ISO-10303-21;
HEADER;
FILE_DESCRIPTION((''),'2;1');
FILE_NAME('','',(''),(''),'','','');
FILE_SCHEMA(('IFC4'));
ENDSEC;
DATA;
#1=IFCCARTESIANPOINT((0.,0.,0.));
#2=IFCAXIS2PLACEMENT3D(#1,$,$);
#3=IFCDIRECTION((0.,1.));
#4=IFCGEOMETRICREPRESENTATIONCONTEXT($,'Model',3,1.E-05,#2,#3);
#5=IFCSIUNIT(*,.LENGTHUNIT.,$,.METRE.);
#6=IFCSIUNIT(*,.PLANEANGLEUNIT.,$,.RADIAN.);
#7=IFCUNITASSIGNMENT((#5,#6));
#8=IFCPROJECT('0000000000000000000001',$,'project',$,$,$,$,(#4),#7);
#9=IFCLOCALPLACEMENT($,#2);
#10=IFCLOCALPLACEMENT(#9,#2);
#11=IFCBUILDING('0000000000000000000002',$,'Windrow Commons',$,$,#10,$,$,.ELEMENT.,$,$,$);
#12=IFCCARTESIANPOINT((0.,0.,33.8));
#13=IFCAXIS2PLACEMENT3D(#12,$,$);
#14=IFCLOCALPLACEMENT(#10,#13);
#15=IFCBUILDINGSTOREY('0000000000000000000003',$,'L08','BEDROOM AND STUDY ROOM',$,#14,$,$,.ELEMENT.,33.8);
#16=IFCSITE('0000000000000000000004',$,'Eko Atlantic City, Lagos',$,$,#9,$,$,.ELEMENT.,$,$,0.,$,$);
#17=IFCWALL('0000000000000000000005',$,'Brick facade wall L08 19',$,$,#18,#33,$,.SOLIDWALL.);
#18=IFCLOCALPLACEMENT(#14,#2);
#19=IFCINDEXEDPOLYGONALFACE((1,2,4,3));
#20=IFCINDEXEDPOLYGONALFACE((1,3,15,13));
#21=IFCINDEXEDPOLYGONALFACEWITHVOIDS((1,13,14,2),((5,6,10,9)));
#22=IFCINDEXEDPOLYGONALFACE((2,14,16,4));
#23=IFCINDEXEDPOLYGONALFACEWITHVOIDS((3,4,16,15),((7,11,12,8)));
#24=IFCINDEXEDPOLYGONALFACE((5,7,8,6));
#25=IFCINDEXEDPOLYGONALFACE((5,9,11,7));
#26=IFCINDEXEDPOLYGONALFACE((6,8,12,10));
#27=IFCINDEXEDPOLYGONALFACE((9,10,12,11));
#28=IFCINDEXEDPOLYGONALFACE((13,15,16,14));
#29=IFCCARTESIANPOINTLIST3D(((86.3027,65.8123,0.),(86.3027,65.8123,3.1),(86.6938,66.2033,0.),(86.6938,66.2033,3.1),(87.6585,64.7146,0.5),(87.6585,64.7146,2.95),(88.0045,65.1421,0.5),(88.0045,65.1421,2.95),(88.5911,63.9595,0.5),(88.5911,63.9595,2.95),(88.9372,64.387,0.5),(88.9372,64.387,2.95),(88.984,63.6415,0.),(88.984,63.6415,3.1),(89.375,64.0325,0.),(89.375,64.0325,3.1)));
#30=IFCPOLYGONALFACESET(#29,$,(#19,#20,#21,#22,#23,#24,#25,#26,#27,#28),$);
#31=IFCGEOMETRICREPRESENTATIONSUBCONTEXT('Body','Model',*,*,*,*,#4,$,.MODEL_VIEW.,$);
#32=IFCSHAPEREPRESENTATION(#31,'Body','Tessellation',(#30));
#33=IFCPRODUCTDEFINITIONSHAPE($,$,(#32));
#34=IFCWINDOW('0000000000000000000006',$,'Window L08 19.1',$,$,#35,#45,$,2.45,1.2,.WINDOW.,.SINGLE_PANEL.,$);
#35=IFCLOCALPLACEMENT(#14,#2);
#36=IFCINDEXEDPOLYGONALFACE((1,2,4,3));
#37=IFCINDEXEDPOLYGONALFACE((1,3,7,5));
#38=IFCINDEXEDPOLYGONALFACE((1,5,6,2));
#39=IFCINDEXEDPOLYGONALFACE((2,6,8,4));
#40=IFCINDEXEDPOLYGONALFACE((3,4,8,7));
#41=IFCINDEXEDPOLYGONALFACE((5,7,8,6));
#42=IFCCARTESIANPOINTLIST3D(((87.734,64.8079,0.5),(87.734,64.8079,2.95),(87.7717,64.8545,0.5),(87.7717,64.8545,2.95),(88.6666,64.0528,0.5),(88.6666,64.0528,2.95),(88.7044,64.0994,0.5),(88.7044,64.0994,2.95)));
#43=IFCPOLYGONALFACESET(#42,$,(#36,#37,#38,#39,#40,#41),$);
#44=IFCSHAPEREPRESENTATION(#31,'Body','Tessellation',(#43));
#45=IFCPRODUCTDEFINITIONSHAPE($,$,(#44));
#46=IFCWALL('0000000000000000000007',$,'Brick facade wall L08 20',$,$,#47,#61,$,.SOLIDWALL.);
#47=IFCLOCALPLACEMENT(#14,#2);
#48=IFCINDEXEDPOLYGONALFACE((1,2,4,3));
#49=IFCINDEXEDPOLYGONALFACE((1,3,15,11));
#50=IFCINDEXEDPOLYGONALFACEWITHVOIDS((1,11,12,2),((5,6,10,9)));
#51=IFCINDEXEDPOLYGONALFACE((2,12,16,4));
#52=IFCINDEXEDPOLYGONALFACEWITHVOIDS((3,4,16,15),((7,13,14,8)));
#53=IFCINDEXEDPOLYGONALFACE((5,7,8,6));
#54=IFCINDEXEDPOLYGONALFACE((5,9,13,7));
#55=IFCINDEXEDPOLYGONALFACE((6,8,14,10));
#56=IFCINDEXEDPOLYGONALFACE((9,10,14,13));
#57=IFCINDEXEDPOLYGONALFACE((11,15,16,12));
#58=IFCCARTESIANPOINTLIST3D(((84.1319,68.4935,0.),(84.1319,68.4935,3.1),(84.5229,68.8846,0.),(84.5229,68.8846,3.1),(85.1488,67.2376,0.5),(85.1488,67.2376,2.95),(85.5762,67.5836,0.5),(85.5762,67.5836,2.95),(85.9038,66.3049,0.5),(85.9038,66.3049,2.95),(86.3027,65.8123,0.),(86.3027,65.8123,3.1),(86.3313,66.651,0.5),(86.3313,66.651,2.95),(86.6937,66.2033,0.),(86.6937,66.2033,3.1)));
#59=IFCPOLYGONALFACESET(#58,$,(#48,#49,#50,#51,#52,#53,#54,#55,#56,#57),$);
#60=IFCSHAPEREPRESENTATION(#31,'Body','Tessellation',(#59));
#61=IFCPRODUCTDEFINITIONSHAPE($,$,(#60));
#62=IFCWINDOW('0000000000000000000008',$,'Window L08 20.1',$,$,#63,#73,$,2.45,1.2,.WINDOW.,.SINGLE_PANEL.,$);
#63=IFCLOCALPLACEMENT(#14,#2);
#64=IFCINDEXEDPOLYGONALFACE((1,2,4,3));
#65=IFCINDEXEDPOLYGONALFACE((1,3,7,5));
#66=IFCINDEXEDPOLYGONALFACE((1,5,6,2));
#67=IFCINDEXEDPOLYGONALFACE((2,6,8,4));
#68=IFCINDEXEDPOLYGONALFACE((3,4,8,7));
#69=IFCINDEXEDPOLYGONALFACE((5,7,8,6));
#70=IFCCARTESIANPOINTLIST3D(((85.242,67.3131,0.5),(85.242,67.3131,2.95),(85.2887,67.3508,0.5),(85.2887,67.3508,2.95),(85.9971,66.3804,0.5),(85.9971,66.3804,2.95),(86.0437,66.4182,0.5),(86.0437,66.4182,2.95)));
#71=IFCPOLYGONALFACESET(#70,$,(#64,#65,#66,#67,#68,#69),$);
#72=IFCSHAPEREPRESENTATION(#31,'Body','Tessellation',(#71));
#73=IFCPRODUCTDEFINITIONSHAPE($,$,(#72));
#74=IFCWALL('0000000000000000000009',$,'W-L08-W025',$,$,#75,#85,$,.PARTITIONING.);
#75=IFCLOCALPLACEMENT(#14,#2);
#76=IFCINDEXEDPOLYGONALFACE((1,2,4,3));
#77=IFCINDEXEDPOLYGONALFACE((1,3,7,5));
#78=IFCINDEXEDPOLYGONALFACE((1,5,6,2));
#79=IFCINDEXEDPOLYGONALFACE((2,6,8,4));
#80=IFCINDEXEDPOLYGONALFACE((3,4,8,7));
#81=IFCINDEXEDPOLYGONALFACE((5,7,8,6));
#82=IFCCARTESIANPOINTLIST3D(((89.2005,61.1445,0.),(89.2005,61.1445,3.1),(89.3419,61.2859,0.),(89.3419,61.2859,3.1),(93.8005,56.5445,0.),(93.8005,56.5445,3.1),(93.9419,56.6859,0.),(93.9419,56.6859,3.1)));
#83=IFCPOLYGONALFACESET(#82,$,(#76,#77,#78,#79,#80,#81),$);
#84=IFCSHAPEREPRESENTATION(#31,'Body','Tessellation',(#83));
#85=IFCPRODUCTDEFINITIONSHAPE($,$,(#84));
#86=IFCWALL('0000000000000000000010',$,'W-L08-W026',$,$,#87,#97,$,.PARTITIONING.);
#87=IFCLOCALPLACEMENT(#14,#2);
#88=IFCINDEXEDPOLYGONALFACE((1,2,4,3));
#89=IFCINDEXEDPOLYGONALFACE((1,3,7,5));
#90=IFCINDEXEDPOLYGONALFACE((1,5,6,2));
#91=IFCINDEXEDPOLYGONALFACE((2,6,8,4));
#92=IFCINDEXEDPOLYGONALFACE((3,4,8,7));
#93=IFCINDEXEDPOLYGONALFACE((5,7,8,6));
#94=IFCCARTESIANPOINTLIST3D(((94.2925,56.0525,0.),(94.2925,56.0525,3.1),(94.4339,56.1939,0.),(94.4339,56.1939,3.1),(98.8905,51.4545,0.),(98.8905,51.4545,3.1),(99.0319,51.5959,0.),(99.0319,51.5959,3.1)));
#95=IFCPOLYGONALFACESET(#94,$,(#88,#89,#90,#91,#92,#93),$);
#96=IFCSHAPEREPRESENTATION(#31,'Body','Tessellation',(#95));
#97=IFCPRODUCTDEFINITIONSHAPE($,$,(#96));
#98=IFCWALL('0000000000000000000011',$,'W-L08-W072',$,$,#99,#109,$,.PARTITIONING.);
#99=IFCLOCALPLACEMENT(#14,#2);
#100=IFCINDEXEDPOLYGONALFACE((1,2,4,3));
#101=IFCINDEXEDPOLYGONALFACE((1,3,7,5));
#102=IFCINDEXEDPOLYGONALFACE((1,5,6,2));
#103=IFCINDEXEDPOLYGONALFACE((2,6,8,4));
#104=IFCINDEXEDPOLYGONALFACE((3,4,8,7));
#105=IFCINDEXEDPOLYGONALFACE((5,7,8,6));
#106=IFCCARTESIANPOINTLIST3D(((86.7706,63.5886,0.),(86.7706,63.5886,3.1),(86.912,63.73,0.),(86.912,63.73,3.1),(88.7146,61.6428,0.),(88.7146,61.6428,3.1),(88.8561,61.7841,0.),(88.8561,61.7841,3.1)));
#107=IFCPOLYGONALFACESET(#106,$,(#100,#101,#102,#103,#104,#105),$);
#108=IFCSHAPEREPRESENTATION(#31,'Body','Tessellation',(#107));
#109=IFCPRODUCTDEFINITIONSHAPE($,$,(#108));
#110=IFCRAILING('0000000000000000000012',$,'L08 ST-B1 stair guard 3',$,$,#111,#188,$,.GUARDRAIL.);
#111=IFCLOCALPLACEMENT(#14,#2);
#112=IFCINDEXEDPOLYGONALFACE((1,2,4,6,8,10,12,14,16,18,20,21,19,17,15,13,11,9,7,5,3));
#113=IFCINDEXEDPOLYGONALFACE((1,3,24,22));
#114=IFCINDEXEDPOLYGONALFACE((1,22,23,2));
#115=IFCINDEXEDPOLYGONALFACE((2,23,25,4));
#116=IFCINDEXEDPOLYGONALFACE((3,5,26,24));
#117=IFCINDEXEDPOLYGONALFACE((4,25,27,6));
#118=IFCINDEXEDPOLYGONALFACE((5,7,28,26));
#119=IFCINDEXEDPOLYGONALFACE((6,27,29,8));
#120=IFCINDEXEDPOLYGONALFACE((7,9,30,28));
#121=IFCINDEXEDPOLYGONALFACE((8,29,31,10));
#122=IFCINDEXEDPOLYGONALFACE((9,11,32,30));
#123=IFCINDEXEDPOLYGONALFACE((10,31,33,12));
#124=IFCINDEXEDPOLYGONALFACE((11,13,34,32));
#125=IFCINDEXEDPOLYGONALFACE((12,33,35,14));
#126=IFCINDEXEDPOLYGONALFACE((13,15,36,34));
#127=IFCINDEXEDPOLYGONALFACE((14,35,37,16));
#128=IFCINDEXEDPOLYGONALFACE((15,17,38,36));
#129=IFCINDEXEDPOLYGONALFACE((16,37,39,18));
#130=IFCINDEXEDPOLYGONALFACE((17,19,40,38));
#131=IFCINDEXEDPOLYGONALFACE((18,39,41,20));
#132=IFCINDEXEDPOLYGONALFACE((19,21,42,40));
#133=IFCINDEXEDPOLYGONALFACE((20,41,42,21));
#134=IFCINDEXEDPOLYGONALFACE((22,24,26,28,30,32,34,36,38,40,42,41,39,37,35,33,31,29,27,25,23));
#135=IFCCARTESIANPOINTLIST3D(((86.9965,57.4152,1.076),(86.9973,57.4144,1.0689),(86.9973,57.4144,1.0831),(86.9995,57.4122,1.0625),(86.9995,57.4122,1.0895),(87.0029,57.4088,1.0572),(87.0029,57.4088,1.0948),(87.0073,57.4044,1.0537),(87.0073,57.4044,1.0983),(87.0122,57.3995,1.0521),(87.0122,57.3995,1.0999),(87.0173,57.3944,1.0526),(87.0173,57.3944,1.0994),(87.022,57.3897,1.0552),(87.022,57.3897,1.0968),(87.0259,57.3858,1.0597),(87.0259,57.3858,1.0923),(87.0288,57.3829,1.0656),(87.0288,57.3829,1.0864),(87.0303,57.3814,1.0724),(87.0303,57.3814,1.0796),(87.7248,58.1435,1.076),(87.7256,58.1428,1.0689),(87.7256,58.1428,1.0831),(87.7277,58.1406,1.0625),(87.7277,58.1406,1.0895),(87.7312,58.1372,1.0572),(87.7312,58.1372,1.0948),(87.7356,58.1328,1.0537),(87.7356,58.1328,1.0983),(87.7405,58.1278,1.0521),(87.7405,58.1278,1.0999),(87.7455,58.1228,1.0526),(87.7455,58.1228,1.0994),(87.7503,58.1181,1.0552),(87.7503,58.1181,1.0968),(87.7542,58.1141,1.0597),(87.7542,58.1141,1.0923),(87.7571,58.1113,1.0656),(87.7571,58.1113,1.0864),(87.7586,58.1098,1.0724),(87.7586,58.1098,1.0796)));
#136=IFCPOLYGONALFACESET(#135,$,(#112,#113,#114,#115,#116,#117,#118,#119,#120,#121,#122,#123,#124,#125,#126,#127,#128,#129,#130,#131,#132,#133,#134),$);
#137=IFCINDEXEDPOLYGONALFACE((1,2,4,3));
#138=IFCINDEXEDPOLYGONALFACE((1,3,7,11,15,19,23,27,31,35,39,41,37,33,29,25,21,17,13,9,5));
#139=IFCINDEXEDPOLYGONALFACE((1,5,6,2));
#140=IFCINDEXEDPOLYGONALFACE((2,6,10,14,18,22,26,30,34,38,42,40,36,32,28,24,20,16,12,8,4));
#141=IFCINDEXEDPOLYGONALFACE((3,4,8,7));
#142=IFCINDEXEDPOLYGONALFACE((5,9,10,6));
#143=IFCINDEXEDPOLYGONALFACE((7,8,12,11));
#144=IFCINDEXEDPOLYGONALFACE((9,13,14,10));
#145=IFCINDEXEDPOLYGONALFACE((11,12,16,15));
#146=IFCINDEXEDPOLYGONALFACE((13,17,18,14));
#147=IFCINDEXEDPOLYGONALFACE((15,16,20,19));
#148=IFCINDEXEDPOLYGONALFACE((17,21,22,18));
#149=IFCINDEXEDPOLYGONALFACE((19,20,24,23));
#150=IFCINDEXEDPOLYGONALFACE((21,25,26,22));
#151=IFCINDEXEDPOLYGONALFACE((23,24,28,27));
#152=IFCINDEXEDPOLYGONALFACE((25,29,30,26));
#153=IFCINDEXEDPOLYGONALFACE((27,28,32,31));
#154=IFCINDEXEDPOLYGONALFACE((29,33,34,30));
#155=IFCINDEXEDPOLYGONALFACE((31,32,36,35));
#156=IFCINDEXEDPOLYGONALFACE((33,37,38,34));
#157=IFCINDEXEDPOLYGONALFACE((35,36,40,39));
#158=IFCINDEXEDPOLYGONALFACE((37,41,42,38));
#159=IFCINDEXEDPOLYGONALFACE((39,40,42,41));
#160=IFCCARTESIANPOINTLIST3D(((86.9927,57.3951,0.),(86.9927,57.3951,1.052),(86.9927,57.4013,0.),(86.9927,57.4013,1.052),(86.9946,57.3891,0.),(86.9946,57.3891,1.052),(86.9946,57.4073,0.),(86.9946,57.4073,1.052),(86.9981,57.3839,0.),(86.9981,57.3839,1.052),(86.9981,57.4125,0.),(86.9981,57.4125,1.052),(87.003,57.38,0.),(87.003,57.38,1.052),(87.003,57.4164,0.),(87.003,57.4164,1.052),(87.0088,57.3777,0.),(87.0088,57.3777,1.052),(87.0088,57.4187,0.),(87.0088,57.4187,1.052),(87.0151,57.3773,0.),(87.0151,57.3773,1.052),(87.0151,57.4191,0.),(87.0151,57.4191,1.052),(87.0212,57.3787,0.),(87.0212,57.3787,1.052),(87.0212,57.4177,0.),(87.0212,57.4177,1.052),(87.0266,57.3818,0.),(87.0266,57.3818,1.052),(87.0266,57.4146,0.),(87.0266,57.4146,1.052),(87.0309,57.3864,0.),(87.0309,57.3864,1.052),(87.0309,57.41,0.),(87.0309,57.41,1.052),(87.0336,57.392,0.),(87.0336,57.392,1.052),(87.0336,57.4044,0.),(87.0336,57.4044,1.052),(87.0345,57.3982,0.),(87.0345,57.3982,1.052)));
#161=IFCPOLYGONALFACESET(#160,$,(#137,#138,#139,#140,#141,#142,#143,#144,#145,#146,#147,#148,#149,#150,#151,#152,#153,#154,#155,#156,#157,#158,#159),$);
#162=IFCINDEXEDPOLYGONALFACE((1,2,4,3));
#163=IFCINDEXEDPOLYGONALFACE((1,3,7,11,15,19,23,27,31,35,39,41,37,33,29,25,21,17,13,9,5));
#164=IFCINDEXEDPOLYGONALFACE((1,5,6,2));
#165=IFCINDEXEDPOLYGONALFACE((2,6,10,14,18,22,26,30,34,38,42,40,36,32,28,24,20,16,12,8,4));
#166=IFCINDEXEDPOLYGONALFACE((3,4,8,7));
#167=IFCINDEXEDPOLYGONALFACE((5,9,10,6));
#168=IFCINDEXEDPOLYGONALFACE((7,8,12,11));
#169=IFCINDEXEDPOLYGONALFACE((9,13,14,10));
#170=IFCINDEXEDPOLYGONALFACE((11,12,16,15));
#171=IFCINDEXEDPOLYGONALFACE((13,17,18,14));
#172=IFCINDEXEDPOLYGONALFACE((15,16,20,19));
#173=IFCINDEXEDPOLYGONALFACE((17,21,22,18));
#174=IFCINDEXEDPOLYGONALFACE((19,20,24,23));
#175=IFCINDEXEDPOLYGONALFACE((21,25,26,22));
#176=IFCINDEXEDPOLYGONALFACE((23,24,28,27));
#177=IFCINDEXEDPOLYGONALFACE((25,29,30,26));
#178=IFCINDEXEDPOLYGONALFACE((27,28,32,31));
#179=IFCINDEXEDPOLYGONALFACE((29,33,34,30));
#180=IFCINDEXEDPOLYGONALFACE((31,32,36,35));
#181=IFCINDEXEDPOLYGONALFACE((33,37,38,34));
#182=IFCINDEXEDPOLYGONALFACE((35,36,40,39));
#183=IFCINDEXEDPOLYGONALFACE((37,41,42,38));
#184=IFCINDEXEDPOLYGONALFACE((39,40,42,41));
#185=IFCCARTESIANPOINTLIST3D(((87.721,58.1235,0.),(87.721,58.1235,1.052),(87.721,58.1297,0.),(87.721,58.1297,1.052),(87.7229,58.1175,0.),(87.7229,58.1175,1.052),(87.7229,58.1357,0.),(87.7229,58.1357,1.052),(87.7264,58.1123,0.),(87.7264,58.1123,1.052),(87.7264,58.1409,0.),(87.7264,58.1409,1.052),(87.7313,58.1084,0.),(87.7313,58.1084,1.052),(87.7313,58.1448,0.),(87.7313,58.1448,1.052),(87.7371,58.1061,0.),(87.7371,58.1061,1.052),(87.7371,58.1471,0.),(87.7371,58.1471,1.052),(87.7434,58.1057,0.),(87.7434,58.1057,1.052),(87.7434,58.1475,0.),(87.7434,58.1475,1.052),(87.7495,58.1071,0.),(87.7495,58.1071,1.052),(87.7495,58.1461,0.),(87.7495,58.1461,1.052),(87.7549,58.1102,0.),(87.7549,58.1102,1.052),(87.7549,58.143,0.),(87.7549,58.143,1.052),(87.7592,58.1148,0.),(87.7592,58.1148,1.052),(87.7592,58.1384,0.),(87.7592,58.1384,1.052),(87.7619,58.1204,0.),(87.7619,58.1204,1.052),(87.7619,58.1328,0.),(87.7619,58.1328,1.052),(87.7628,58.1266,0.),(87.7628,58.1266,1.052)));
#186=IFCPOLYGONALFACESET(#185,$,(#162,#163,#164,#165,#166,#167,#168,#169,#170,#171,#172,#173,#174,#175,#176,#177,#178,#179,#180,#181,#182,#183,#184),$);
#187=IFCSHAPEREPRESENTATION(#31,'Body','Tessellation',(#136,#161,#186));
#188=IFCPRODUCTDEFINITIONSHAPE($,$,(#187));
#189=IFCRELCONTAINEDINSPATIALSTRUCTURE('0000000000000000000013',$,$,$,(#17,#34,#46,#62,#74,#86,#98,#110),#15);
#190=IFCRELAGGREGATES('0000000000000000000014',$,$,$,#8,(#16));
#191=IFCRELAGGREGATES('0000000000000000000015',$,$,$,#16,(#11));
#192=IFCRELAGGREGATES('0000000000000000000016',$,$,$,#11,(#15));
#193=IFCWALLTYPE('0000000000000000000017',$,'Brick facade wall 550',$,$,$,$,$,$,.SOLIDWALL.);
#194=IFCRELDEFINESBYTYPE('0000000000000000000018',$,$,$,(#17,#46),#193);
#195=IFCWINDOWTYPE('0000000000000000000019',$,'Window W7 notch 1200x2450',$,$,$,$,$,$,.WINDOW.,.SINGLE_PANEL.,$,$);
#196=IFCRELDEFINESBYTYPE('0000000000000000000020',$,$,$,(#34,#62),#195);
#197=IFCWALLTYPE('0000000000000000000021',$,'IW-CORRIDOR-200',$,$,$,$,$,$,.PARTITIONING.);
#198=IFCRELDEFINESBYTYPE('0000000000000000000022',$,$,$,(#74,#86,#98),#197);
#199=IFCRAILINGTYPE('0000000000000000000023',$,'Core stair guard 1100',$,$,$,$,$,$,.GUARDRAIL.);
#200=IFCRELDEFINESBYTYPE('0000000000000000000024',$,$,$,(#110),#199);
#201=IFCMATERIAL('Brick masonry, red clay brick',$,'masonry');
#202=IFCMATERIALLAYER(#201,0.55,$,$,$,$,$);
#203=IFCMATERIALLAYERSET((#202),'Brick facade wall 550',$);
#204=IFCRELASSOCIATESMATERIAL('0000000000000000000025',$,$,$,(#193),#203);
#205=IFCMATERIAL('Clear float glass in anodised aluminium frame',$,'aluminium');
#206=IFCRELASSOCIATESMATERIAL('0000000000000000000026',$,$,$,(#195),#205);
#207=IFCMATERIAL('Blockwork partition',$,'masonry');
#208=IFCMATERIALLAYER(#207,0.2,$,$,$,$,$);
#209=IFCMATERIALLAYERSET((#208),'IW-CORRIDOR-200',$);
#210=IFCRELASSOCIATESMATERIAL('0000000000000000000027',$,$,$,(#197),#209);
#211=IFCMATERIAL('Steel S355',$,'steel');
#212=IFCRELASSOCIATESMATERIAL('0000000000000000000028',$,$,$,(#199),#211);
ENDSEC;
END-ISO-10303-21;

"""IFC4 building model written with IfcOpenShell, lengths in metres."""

from ifc_helpers import new_model, si_unit, direction, frame, frame_2d, origin, origin_2d, place, context, subcontext, project, spatial, polyline, rectangle, circle, outline, extrude, material, layer, layer_set, type_object, element, fill, save


model = new_model("IFC4")

# Units and contexts
model_context = context("Model", 3, precision=1e-05, world=origin(), true_north=direction((0.0, 1.0)))
body_context = subcontext(model_context, "Body", "Model", "MODEL_VIEW")
ifc_project = project(units=[si_unit("LENGTHUNIT", "METRE"), si_unit("PLANEANGLEUNIT", "RADIAN")], contexts=[model_context])

# Site, building, storey
site_placement = place(None, origin())
site = spatial("IfcSite", under=ifc_project, at=site_placement, Name="Eko Atlantic City, Lagos", CompositionType="ELEMENT", RefElevation=0.0)
building_placement = place(site_placement, origin())
building = spatial("IfcBuilding", under=site, at=building_placement, Name="Windrow Commons", CompositionType="ELEMENT")
storey_placement = place(building_placement, frame((0.0, 0.0, 33.8)))
storey = spatial("IfcBuildingStorey", under=building, at=storey_placement, Name="L08", Description="BEDROOM AND STUDY ROOM", CompositionType="ELEMENT", Elevation=33.8)

# Shared definitions
ifc_material_1 = material(Name="Brick masonry, red clay brick", Category="masonry")
ifc_layer_1 = layer(ifc_material_1, 0.55)
ifc_layer_set_1 = layer_set([ifc_layer_1], Name="Brick facade wall 550")
wall_type_1 = type_object("IfcWallType", Name="Brick facade wall 550", PredefinedType="SOLIDWALL", material=ifc_layer_set_1)
ifc_material_2 = material(Name="Clear float glass in anodised aluminium frame", Category="aluminium")
window_type = type_object("IfcWindowType", Name="Window W7 notch 1200x2450", PartitioningType="SINGLE_PANEL", PredefinedType="WINDOW", material=ifc_material_2)

# Walls, openings, windows
wall_1_placement = place(storey_placement, frame((89.1795, 63.837, 0.0), z_axis=(0.0, 0.0, 1.0), x_axis=(-0.777213, 0.629237, 0.0)))
wall_1 = element("IfcWall", 1, at=wall_1_placement, inside=storey, type_object=wall_type_1, Name="Brick facade wall L08 19", PredefinedType="SOLIDWALL", context=body_context, shape_type="SweptSolid", body=[
    extrude(outline(polyline([(-0.0289, -0.275), (3.4209, -0.275), (3.4788, 0.275), (0.0289, 0.275), (-0.0289, -0.275)])), origin(), (0.0, 0.0, 1.0), 3.1),
])
opening_1_placement = place(wall_1_placement, frame((0.5344, 0.0, 0.5)))
opening_1 = element("IfcOpeningElement", 2, at=opening_1_placement, cuts=wall_1, PredefinedType="OPENING", context=body_context, shape_type="SweptSolid", body=[
    extrude(rectangle(XDim=1.2, YDim=2.45, at=frame_2d((0.6, 1.225))), frame((0.0, 0.285, 0.0), z_axis=(0.0, -1.0, 0.0), x_axis=(1.0, 0.0, 0.0)), (0.0, 0.0, 1.0), 0.57),
])
window_1_placement = place(opening_1_placement, origin())
window_1 = element("IfcWindow", 3, at=window_1_placement, inside=storey, type_object=window_type, Name="Window L08 19.1", OverallHeight=2.45, OverallWidth=1.2, PartitioningType="SINGLE_PANEL", PredefinedType="WINDOW", context=body_context, shape_type="SweptSolid", body=[
    extrude(rectangle(XDim=1.2, YDim=2.45, at=frame_2d((0.6, 1.225))), frame((0.0, 0.155, 0.0), z_axis=(0.0, -1.0, 0.0), x_axis=(1.0, 0.0, 0.0)), (0.0, 0.0, 1.0), 0.06),
])
fill(opening_1, window_1)
wall_2_placement = place(storey_placement, frame((86.4982, 66.0078, 0.0), z_axis=(0.0, 0.0, 1.0), x_axis=(-0.629237, 0.777213, 0.0)))
wall_2 = element("IfcWall", 4, at=wall_2_placement, inside=storey, type_object=wall_type_1, Name="Brick facade wall L08 20", PredefinedType="SOLIDWALL", context=body_context, shape_type="SweptSolid", body=[
    extrude(outline(polyline([(0.0289, -0.275), (3.4788, -0.275), (3.4209, 0.275), (-0.0289, 0.275), (0.0289, -0.275)])), origin(), (0.0, 0.0, 1.0), 3.1),
])
opening_2_placement = place(wall_2_placement, frame((0.6049, 0.0, 0.5)))
opening_2 = element("IfcOpeningElement", 5, at=opening_2_placement, cuts=wall_2, PredefinedType="OPENING", context=body_context, shape_type="SweptSolid", body=[
    extrude(rectangle(XDim=1.2, YDim=2.45, at=frame_2d((0.6, 1.225))), frame((0.0, 0.285, 0.0), z_axis=(0.0, -1.0, 0.0), x_axis=(1.0, 0.0, 0.0)), (0.0, 0.0, 1.0), 0.57),
])
window_2_placement = place(opening_2_placement, origin())
window_2 = element("IfcWindow", 6, at=window_2_placement, inside=storey, type_object=window_type, Name="Window L08 20.1", OverallHeight=2.45, OverallWidth=1.2, PartitioningType="SINGLE_PANEL", PredefinedType="WINDOW", context=body_context, shape_type="SweptSolid", body=[
    extrude(rectangle(XDim=1.2, YDim=2.45, at=frame_2d((0.6, 1.225))), frame((0.0, 0.155, 0.0), z_axis=(0.0, -1.0, 0.0), x_axis=(1.0, 0.0, 0.0)), (0.0, 0.0, 1.0), 0.06),
])
fill(opening_2, window_2)

# Walls
ifc_material_3 = material(Name="Blockwork partition", Category="masonry")
ifc_layer_2 = layer(ifc_material_3, 0.2)
ifc_layer_set_2 = layer_set([ifc_layer_2], Name="IW-CORRIDOR-200")
wall_type_2 = type_object("IfcWallType", Name="IW-CORRIDOR-200", PredefinedType="PARTITIONING", material=ifc_layer_set_2)
wall_3_placement = place(storey_placement, frame((89.2712, 61.2152, 0.0), z_axis=(0.0, 0.0, 1.0), x_axis=(0.707107, -0.707107, 0.0)))
element("IfcWall", 7, at=wall_3_placement, inside=storey, type_object=wall_type_2, Name="W-L08-W025", PredefinedType="PARTITIONING", context=body_context, shape_type="SweptSolid", body=[
    extrude(rectangle(XDim=6.5054, YDim=0.2, at=frame_2d((3.2527, 0.0))), origin(), (0.0, 0.0, 1.0), 3.1),
])
wall_4_placement = place(storey_placement, frame((94.3632, 56.1232, 0.0), z_axis=(0.0, 0.0, 1.0), x_axis=(0.707107, -0.707107, 0.0)))
element("IfcWall", 8, at=wall_4_placement, inside=storey, type_object=wall_type_2, Name="W-L08-W026", PredefinedType="PARTITIONING", context=body_context, shape_type="SweptSolid", body=[
    extrude(rectangle(XDim=6.5026, YDim=0.2, at=frame_2d((3.2513, 0.0))), origin(), (0.0, 0.0, 1.0), 3.1),
])
wall_5_placement = place(storey_placement, frame((86.8413, 63.6593, 0.0), z_axis=(0.0, 0.0, 1.0), x_axis=(0.70678, -0.707434, 0.0)))
element("IfcWall", 9, at=wall_5_placement, inside=storey, type_object=wall_type_2, Name="W-L08-W072", PredefinedType="PARTITIONING", context=body_context, shape_type="SweptSolid", body=[
    extrude(rectangle(XDim=2.7506, YDim=0.2, at=frame_2d((1.3753, 0.0))), origin(), (0.0, 0.0, 1.0), 3.1),
])

# Railing
ifc_material_4 = material(Name="Steel S355", Category="steel")
railing_type_1 = type_object("IfcRailingType", Name="Core stair guard 1100", PredefinedType="GUARDRAIL", material=ifc_material_4)
railing_1_placement = place(storey_placement, frame((87.0135, 57.3982, 0.0)))
element("IfcRailing", 10, at=railing_1_placement, inside=storey, type_object=railing_type_1, Name="L08 ST-B1 stair guard 3", PredefinedType="GUARDRAIL", context=body_context, shape_type="SweptSolid", body=[
    extrude(circle(Radius=0.024, at=origin_2d()), frame((0.0, 0.0, 1.076), z_axis=(0.707058, 0.707155, 0.0), x_axis=(-0.707155, 0.707058, 0.0)), (0.0, 0.0, 1.0), 1.03),
    extrude(circle(Radius=0.021, at=origin_2d()), origin(), (0.0, 0.0, 1.0), 1.052),
    extrude(circle(Radius=0.021, at=origin_2d()), frame((0.7283, 0.7284, 0.0)), (0.0, 0.0, 1.0), 1.052),
])

save(model, "model.ifc")
